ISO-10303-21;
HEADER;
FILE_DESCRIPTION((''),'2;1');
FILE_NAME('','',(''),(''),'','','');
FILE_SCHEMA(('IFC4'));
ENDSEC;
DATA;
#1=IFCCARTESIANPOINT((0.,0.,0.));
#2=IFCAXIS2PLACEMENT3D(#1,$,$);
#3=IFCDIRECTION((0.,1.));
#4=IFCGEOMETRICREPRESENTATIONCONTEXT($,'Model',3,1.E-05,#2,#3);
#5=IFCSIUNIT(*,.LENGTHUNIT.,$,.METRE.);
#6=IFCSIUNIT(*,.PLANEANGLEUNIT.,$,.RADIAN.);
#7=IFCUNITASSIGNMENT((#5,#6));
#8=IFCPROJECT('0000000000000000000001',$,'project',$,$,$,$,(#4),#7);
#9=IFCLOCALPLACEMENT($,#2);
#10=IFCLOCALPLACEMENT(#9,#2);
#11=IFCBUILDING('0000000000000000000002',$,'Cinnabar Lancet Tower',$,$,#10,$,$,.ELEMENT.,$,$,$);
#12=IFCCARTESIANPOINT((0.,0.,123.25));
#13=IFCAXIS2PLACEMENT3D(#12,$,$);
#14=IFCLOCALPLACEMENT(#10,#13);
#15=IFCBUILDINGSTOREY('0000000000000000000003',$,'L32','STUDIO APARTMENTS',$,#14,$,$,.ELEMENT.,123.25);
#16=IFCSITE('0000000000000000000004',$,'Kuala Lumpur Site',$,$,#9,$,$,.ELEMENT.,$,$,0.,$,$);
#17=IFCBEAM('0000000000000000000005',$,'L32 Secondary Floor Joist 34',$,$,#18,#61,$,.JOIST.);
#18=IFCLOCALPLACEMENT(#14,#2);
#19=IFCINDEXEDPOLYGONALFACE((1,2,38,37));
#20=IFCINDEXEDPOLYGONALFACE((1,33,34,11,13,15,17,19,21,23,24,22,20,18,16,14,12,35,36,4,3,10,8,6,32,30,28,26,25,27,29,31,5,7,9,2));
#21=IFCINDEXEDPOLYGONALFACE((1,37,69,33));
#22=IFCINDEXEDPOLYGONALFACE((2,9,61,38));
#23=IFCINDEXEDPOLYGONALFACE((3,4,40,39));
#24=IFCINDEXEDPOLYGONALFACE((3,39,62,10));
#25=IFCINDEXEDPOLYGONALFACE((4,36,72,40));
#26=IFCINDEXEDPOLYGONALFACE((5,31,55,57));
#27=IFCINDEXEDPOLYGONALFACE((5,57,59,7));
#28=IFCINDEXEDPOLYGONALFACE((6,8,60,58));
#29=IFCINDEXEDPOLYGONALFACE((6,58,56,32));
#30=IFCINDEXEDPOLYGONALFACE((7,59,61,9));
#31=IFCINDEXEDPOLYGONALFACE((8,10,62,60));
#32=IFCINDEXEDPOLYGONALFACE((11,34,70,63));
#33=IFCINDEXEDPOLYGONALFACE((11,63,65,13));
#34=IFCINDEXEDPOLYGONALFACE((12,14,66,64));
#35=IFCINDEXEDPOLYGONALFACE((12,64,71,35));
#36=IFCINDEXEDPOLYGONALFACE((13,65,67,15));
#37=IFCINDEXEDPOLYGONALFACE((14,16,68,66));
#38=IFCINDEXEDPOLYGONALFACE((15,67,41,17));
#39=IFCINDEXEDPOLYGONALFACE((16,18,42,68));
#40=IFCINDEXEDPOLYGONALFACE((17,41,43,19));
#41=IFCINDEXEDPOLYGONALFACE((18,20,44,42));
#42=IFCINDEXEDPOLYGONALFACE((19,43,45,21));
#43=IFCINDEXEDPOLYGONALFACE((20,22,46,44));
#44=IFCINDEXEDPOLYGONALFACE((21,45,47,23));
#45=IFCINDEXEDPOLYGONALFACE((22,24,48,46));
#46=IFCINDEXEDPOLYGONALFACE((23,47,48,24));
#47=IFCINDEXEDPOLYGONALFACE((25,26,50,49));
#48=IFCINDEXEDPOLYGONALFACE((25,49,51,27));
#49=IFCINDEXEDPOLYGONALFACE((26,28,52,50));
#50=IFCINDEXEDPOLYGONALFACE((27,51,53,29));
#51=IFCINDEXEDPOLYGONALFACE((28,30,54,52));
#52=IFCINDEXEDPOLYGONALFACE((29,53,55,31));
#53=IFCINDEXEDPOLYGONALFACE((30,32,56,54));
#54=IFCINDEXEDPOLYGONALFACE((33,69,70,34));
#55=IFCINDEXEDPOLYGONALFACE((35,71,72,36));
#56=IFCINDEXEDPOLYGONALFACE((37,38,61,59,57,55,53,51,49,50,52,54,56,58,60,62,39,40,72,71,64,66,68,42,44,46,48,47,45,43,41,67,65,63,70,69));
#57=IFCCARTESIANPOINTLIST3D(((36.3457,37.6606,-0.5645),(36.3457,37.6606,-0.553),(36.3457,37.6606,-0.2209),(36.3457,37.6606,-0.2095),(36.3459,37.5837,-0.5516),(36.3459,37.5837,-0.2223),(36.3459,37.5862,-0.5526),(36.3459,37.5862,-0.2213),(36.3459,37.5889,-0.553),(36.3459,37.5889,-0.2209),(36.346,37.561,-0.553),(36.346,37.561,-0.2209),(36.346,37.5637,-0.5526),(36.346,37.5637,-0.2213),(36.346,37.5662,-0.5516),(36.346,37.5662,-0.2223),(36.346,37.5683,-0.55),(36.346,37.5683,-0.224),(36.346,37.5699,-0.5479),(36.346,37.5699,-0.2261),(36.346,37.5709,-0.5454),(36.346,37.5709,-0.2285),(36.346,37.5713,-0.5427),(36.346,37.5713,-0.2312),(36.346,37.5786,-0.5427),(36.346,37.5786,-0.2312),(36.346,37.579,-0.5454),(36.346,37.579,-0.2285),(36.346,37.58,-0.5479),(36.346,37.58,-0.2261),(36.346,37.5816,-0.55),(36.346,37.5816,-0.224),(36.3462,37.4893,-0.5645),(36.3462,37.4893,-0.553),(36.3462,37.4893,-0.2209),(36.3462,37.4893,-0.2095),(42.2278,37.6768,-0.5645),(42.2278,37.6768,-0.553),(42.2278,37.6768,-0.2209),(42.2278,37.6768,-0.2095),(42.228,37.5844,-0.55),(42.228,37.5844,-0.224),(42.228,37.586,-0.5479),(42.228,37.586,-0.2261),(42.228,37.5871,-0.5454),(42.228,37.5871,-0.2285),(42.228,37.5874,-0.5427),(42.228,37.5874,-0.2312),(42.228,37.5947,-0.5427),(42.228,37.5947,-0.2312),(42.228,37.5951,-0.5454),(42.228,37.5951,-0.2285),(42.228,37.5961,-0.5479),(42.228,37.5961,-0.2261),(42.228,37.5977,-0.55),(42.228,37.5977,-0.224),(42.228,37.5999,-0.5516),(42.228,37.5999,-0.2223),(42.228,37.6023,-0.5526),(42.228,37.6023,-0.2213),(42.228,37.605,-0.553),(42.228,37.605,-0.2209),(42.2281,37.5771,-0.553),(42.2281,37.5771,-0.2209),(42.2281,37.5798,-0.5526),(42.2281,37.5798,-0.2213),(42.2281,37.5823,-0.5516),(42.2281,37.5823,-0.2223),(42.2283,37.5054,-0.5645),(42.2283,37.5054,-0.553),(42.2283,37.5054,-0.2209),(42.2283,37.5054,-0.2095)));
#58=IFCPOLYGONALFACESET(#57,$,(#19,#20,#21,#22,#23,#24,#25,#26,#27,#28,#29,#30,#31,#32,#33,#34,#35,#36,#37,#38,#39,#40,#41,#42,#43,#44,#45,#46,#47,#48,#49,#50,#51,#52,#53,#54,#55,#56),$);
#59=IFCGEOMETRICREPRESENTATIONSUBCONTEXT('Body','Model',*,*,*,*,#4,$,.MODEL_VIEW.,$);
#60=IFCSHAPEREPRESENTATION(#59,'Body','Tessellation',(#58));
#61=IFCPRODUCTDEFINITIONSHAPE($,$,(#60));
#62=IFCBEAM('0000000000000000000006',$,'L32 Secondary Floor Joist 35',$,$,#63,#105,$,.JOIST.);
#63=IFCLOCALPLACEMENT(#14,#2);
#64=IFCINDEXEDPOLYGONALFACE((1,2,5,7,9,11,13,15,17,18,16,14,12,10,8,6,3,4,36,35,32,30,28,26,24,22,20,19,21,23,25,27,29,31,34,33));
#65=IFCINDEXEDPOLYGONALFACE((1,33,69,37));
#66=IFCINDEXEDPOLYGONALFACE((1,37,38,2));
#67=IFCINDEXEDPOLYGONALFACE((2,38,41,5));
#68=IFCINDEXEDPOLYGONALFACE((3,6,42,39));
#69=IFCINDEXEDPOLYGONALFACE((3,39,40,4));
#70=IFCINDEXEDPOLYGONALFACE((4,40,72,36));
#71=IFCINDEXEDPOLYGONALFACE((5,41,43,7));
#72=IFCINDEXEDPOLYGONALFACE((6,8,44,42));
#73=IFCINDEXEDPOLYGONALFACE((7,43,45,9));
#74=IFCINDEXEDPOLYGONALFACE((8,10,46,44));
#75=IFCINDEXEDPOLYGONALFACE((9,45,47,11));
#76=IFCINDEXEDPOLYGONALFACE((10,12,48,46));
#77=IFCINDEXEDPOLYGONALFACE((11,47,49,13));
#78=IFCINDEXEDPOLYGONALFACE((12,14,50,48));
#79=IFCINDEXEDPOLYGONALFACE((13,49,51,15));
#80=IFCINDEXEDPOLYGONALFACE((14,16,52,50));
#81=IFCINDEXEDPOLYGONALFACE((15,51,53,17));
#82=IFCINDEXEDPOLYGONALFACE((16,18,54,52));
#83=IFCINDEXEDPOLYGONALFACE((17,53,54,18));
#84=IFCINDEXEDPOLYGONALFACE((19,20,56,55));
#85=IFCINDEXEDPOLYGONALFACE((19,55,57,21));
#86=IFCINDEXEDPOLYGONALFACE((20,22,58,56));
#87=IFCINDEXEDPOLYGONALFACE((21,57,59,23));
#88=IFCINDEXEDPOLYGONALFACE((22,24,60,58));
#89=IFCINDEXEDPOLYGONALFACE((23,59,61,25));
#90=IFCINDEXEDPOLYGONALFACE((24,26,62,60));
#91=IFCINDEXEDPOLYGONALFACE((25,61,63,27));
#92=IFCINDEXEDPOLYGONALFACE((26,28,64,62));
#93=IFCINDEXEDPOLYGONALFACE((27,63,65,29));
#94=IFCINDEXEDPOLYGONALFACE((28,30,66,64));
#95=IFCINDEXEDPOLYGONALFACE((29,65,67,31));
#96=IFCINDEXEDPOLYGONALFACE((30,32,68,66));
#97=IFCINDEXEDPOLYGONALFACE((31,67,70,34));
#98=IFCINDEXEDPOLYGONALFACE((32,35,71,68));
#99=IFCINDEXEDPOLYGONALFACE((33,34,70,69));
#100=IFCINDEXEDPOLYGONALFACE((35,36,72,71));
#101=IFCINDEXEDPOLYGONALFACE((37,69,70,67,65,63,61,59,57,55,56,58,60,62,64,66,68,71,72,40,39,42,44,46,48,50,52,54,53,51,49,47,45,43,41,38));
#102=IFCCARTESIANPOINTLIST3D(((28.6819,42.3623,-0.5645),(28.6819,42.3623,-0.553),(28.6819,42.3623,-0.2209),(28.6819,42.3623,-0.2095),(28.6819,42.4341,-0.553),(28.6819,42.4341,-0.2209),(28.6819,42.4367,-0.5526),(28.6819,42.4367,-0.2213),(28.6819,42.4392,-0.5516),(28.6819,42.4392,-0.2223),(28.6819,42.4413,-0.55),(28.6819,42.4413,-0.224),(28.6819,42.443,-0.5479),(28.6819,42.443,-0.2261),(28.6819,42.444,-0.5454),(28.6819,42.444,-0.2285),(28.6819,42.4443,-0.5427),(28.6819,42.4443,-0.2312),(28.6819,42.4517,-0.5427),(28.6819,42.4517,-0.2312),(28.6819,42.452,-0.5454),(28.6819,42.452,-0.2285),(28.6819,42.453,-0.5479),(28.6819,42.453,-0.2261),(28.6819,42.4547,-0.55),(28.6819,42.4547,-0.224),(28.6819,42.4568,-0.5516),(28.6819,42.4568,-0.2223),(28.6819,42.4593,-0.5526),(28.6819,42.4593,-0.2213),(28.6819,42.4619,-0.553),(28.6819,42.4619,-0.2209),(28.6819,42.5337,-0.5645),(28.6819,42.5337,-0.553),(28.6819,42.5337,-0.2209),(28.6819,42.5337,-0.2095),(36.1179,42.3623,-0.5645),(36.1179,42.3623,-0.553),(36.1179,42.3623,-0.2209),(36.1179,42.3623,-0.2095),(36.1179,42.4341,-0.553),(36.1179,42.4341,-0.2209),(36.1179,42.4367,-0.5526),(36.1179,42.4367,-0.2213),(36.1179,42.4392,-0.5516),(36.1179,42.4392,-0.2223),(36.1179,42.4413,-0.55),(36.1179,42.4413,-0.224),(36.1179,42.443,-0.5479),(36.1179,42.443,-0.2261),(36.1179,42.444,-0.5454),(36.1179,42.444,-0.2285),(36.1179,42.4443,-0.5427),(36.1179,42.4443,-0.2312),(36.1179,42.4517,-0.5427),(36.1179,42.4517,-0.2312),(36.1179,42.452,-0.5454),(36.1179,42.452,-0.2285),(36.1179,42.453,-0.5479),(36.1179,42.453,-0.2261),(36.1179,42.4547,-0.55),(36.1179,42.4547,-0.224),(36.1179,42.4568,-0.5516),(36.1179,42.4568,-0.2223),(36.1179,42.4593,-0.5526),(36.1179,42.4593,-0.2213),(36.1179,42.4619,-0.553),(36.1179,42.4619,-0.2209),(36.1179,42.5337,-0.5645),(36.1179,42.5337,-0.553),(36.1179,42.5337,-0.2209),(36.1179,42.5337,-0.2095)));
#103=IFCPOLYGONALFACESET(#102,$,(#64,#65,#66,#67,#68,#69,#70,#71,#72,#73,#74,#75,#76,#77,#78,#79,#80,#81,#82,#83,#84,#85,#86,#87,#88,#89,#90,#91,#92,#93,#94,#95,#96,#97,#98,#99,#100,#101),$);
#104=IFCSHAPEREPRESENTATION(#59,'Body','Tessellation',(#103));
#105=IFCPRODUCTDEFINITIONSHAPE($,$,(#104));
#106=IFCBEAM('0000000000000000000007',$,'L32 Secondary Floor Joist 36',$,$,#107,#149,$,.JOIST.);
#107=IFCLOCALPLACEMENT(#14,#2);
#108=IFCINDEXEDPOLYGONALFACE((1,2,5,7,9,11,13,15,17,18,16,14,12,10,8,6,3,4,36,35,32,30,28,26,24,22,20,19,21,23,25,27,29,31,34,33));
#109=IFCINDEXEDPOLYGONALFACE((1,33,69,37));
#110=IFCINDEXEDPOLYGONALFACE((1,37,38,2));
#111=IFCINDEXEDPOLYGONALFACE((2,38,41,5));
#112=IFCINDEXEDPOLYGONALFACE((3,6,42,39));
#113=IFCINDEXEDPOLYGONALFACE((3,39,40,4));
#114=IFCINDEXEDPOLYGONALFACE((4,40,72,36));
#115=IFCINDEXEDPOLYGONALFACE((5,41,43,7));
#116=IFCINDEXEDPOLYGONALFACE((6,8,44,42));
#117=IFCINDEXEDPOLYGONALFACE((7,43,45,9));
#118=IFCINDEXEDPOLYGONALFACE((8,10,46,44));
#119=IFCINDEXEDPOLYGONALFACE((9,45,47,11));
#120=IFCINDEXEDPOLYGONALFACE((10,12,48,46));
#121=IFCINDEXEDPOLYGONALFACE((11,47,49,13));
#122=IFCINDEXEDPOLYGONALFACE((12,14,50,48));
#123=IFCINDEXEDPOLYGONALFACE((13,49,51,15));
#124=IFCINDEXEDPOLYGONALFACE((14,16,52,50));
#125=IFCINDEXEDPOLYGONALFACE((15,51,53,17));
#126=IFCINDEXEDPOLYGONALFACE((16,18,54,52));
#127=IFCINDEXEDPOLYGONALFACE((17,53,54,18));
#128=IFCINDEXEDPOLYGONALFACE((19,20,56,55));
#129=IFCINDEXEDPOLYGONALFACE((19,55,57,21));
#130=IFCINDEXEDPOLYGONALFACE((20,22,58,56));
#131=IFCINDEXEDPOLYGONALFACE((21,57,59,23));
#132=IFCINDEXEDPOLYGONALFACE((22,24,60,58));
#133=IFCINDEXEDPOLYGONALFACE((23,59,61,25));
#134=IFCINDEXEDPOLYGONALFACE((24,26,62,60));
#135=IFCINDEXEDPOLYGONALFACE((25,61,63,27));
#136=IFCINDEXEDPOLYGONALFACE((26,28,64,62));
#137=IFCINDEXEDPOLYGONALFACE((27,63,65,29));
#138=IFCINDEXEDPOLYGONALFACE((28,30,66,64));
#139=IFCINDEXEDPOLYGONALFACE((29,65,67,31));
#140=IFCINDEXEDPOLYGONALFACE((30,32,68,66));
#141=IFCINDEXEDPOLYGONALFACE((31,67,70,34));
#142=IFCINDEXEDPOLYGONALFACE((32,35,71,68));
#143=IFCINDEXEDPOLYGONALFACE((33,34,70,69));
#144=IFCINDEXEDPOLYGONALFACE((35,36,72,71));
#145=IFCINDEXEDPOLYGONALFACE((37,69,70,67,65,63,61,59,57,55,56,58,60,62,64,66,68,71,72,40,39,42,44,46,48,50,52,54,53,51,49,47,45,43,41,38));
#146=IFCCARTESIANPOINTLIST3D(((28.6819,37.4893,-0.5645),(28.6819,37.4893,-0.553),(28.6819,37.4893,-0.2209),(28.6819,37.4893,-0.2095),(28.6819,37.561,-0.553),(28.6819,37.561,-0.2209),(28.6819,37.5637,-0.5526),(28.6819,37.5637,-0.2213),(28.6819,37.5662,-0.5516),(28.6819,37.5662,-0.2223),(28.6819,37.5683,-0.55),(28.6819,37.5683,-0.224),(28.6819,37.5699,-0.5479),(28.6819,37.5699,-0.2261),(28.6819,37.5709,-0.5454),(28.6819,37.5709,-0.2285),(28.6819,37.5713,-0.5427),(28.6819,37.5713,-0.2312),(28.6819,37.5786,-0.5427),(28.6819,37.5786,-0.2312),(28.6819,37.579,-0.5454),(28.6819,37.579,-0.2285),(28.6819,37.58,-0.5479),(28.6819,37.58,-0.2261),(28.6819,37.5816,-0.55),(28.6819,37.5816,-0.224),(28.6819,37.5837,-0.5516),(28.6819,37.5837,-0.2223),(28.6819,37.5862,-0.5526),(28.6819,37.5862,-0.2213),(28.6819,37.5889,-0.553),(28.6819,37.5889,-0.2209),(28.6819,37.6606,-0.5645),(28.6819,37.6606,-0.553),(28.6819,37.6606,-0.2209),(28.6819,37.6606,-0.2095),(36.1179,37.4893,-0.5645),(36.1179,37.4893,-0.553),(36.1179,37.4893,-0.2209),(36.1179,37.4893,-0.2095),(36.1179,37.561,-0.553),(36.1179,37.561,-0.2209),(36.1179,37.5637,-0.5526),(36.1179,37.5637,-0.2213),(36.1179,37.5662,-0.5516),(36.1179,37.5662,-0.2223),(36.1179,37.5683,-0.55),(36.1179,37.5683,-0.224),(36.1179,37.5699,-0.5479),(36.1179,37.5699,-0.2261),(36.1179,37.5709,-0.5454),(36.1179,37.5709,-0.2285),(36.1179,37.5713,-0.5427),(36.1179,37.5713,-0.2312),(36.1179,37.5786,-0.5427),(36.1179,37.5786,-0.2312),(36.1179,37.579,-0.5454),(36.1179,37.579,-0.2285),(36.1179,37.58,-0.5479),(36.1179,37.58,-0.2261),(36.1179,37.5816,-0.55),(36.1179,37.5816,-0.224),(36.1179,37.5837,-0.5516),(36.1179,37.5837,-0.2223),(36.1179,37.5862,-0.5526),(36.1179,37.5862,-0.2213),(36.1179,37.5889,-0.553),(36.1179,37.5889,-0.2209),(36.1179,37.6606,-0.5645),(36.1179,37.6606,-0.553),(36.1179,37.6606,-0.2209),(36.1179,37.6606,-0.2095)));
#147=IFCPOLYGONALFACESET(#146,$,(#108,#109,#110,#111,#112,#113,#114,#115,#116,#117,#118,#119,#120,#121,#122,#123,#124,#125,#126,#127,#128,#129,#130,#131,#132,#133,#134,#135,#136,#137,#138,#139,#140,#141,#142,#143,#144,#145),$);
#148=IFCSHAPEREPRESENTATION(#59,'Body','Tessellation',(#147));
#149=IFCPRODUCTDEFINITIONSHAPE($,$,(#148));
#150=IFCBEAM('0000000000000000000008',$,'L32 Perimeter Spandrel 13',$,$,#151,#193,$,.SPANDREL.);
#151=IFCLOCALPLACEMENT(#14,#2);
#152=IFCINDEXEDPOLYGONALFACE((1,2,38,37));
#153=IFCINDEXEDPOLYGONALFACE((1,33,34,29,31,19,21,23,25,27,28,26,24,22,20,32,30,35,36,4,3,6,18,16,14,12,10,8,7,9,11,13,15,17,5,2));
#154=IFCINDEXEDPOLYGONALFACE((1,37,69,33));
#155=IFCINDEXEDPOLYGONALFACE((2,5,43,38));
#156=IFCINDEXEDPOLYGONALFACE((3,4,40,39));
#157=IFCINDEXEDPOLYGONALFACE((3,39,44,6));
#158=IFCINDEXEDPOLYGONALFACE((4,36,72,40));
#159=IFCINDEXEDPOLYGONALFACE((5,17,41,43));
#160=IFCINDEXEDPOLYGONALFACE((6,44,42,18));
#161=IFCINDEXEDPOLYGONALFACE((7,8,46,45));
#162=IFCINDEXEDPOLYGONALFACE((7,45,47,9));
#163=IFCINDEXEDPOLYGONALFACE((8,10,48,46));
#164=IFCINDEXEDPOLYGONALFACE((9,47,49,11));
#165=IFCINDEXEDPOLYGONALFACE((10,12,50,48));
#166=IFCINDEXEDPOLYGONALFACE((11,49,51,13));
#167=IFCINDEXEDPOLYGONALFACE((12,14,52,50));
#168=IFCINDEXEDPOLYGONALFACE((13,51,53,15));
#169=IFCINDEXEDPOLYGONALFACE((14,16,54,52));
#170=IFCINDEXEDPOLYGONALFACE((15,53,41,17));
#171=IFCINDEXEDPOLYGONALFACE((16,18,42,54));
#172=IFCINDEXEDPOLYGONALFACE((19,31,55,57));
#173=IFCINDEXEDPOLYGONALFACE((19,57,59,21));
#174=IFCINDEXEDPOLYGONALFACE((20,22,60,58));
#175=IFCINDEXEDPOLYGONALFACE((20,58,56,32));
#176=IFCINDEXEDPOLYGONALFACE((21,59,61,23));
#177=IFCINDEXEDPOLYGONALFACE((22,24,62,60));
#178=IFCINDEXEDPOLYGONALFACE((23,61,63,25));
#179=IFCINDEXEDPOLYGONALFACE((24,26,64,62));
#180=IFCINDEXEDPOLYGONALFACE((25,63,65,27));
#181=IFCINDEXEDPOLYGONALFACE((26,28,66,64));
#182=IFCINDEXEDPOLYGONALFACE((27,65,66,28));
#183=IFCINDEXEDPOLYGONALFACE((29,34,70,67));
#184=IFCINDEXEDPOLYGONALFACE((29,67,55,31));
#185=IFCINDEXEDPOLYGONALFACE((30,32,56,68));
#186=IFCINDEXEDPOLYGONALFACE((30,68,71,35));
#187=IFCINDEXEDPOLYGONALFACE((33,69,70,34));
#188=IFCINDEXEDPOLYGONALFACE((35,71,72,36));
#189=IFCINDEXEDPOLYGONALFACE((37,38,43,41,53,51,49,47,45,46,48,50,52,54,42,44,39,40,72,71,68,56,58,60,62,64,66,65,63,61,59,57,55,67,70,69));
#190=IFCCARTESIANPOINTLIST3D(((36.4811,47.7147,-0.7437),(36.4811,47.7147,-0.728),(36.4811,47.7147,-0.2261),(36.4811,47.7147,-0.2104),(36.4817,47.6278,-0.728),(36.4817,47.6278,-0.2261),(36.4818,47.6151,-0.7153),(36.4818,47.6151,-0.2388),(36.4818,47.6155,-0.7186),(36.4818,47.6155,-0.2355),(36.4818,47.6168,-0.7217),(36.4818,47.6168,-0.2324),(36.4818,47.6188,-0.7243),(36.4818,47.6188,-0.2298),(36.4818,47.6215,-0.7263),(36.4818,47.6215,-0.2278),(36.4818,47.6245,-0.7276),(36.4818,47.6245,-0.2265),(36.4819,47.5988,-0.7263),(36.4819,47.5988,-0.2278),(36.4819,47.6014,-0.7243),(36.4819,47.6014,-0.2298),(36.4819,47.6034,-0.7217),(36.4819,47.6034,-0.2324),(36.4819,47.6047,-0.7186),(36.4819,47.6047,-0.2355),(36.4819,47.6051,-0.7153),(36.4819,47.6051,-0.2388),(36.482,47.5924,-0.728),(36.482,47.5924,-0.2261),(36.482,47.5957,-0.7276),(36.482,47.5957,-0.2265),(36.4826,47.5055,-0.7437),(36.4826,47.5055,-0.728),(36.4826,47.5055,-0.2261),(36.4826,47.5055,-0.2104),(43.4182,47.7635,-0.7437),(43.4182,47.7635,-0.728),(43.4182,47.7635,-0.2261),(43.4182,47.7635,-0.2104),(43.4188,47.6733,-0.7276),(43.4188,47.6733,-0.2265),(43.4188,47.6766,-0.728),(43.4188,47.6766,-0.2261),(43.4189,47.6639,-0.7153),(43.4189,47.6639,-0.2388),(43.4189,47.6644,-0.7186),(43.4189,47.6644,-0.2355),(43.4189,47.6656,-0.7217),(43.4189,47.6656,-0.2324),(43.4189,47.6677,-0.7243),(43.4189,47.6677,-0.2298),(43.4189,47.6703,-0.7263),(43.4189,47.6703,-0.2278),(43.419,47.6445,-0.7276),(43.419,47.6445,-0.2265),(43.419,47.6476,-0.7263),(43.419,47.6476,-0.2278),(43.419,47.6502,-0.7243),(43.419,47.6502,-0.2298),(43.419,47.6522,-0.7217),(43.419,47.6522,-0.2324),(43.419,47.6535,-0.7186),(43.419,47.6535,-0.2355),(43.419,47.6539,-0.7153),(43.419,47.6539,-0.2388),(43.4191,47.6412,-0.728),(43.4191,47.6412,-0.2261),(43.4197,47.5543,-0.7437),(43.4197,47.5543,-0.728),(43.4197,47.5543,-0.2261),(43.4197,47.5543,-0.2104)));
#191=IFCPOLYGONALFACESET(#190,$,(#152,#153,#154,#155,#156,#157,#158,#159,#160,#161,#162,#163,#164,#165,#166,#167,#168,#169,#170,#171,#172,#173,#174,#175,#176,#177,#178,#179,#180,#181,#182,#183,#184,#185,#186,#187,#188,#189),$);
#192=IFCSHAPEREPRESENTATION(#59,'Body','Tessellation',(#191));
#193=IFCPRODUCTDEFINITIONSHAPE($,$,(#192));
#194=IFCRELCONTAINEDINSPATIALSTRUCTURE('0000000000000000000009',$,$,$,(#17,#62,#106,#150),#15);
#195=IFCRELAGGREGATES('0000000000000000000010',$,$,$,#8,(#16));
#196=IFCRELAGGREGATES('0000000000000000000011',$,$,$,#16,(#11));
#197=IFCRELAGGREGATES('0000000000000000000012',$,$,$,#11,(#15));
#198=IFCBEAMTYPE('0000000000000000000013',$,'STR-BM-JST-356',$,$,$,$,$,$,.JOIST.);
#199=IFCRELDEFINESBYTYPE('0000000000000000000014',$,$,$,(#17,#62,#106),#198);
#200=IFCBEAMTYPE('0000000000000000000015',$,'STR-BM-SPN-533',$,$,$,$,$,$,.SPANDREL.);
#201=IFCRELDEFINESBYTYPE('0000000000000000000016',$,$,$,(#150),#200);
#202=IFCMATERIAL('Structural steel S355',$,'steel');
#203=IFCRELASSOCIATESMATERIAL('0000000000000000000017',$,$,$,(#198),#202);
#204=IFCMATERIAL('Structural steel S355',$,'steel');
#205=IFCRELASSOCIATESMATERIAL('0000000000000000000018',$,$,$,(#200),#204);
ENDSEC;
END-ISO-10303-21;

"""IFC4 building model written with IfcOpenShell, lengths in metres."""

from ifc_helpers import new_model, si_unit, direction, frame, origin, origin_2d, place, context, subcontext, project, spatial, i_section, extrude, material, material_profile, profile_set, type_object, element, save


model = new_model("IFC4")

# Units and contexts
model_context = context("Model", 3, precision=1e-05, world=origin(), true_north=direction((0.0, 1.0)))
body_context = subcontext(model_context, "Body", "Model", "MODEL_VIEW")
ifc_project = project(units=[si_unit("LENGTHUNIT", "METRE"), si_unit("PLANEANGLEUNIT", "RADIAN")], contexts=[model_context])

# Site, building, storey
site_placement = place(None, origin())
site = spatial("IfcSite", under=ifc_project, at=site_placement, Name="Kuala Lumpur Site", CompositionType="ELEMENT", RefElevation=0.0)
building_placement = place(site_placement, origin())
building = spatial("IfcBuilding", under=site, at=building_placement, Name="Cinnabar Lancet Tower", CompositionType="ELEMENT")
storey_placement = place(building_placement, frame((0.0, 0.0, 123.25)))
storey = spatial("IfcBuildingStorey", under=building, at=storey_placement, Name="L32", Description="STUDIO APARTMENTS", CompositionType="ELEMENT", Elevation=123.25)

# Beams
ifc_material_1 = material(Name="Structural steel S355", Category="steel")
ifc_material_profile_1 = material_profile(ifc_material_1, i_section(OverallWidth=0.1714, OverallDepth=0.355, WebThickness=0.0073, FlangeThickness=0.0115, FilletRadius=0.0103, at=origin_2d()), Name="UKB 356x171x51")
ifc_profile_set_1 = profile_set([ifc_material_profile_1], Name="Structural steel S355")
beam_type_1 = type_object("IfcBeamType", Name="STR-BM-JST-356", PredefinedType="JOIST", material=ifc_profile_set_1)
beam_1_placement = place(storey_placement, frame((42.228, 37.5911, -0.387), z_axis=(-0.999996, -0.002739, 0.0), x_axis=(0.002739, -0.999996, 0.0)))
element("IfcBeam", 1, at=beam_1_placement, inside=storey, type_object=beam_type_1, Name="L32 Secondary Floor Joist 34", PredefinedType="JOIST", context=body_context, shape_type="SweptSolid", body=[
    extrude(i_section(OverallWidth=0.1714, OverallDepth=0.355, WebThickness=0.0073, FlangeThickness=0.0115, FilletRadius=0.0103, at=origin_2d()), origin(), (0.0, 0.0, 1.0), 5.8821),
])
for number, where, z_axis, x_axis, name in (
    (2, (36.1179, 42.448, -0.387), (-1.0, 0.0, 0.0), (0.0, -1.0, 0.0), "L32 Secondary Floor Joist 35"),
    (3, (36.1179, 37.575, -0.387), (-1.0, 0.0, 0.0), (0.0, -1.0, 0.0), "L32 Secondary Floor Joist 36"),
):
    element("IfcBeam", number, at=place(storey_placement, frame(where, z_axis=z_axis, x_axis=x_axis)), inside=storey, type_object=beam_type_1, Name=name, PredefinedType="JOIST", context=body_context, shape_type="SweptSolid", body=[
        extrude(i_section(OverallWidth=0.1714, OverallDepth=0.355, WebThickness=0.0073, FlangeThickness=0.0115, FilletRadius=0.0103, at=origin_2d()), origin(), (0.0, 0.0, 1.0), 7.436),
    ])
ifc_material_2 = material(Name="Structural steel S355", Category="steel")
ifc_material_profile_2 = material_profile(ifc_material_2, i_section(OverallWidth=0.2092, OverallDepth=0.5332, WebThickness=0.01, FlangeThickness=0.0156, FilletRadius=0.0127, at=origin_2d()), Name="UKB 533x210x92")
ifc_profile_set_2 = profile_set([ifc_material_profile_2], Name="Structural steel S355")
beam_type_2 = type_object("IfcBeamType", Name="STR-BM-SPN-533", PredefinedType="SPANDREL", material=ifc_profile_set_2)
beam_2_placement = place(storey_placement, frame((43.4189, 47.6589, -0.4771), z_axis=(-0.999975, -0.007039, 0.0), x_axis=(0.007039, -0.999975, 0.0)))
element("IfcBeam", 4, at=beam_2_placement, inside=storey, type_object=beam_type_2, Name="L32 Perimeter Spandrel 13", PredefinedType="SPANDREL", context=body_context, shape_type="SweptSolid", body=[
    extrude(i_section(OverallWidth=0.2092, OverallDepth=0.5332, WebThickness=0.01, FlangeThickness=0.0156, FilletRadius=0.0127, at=origin_2d()), origin(), (0.0, 0.0, 1.0), 6.9373),
])

save(model, "model.ifc")
